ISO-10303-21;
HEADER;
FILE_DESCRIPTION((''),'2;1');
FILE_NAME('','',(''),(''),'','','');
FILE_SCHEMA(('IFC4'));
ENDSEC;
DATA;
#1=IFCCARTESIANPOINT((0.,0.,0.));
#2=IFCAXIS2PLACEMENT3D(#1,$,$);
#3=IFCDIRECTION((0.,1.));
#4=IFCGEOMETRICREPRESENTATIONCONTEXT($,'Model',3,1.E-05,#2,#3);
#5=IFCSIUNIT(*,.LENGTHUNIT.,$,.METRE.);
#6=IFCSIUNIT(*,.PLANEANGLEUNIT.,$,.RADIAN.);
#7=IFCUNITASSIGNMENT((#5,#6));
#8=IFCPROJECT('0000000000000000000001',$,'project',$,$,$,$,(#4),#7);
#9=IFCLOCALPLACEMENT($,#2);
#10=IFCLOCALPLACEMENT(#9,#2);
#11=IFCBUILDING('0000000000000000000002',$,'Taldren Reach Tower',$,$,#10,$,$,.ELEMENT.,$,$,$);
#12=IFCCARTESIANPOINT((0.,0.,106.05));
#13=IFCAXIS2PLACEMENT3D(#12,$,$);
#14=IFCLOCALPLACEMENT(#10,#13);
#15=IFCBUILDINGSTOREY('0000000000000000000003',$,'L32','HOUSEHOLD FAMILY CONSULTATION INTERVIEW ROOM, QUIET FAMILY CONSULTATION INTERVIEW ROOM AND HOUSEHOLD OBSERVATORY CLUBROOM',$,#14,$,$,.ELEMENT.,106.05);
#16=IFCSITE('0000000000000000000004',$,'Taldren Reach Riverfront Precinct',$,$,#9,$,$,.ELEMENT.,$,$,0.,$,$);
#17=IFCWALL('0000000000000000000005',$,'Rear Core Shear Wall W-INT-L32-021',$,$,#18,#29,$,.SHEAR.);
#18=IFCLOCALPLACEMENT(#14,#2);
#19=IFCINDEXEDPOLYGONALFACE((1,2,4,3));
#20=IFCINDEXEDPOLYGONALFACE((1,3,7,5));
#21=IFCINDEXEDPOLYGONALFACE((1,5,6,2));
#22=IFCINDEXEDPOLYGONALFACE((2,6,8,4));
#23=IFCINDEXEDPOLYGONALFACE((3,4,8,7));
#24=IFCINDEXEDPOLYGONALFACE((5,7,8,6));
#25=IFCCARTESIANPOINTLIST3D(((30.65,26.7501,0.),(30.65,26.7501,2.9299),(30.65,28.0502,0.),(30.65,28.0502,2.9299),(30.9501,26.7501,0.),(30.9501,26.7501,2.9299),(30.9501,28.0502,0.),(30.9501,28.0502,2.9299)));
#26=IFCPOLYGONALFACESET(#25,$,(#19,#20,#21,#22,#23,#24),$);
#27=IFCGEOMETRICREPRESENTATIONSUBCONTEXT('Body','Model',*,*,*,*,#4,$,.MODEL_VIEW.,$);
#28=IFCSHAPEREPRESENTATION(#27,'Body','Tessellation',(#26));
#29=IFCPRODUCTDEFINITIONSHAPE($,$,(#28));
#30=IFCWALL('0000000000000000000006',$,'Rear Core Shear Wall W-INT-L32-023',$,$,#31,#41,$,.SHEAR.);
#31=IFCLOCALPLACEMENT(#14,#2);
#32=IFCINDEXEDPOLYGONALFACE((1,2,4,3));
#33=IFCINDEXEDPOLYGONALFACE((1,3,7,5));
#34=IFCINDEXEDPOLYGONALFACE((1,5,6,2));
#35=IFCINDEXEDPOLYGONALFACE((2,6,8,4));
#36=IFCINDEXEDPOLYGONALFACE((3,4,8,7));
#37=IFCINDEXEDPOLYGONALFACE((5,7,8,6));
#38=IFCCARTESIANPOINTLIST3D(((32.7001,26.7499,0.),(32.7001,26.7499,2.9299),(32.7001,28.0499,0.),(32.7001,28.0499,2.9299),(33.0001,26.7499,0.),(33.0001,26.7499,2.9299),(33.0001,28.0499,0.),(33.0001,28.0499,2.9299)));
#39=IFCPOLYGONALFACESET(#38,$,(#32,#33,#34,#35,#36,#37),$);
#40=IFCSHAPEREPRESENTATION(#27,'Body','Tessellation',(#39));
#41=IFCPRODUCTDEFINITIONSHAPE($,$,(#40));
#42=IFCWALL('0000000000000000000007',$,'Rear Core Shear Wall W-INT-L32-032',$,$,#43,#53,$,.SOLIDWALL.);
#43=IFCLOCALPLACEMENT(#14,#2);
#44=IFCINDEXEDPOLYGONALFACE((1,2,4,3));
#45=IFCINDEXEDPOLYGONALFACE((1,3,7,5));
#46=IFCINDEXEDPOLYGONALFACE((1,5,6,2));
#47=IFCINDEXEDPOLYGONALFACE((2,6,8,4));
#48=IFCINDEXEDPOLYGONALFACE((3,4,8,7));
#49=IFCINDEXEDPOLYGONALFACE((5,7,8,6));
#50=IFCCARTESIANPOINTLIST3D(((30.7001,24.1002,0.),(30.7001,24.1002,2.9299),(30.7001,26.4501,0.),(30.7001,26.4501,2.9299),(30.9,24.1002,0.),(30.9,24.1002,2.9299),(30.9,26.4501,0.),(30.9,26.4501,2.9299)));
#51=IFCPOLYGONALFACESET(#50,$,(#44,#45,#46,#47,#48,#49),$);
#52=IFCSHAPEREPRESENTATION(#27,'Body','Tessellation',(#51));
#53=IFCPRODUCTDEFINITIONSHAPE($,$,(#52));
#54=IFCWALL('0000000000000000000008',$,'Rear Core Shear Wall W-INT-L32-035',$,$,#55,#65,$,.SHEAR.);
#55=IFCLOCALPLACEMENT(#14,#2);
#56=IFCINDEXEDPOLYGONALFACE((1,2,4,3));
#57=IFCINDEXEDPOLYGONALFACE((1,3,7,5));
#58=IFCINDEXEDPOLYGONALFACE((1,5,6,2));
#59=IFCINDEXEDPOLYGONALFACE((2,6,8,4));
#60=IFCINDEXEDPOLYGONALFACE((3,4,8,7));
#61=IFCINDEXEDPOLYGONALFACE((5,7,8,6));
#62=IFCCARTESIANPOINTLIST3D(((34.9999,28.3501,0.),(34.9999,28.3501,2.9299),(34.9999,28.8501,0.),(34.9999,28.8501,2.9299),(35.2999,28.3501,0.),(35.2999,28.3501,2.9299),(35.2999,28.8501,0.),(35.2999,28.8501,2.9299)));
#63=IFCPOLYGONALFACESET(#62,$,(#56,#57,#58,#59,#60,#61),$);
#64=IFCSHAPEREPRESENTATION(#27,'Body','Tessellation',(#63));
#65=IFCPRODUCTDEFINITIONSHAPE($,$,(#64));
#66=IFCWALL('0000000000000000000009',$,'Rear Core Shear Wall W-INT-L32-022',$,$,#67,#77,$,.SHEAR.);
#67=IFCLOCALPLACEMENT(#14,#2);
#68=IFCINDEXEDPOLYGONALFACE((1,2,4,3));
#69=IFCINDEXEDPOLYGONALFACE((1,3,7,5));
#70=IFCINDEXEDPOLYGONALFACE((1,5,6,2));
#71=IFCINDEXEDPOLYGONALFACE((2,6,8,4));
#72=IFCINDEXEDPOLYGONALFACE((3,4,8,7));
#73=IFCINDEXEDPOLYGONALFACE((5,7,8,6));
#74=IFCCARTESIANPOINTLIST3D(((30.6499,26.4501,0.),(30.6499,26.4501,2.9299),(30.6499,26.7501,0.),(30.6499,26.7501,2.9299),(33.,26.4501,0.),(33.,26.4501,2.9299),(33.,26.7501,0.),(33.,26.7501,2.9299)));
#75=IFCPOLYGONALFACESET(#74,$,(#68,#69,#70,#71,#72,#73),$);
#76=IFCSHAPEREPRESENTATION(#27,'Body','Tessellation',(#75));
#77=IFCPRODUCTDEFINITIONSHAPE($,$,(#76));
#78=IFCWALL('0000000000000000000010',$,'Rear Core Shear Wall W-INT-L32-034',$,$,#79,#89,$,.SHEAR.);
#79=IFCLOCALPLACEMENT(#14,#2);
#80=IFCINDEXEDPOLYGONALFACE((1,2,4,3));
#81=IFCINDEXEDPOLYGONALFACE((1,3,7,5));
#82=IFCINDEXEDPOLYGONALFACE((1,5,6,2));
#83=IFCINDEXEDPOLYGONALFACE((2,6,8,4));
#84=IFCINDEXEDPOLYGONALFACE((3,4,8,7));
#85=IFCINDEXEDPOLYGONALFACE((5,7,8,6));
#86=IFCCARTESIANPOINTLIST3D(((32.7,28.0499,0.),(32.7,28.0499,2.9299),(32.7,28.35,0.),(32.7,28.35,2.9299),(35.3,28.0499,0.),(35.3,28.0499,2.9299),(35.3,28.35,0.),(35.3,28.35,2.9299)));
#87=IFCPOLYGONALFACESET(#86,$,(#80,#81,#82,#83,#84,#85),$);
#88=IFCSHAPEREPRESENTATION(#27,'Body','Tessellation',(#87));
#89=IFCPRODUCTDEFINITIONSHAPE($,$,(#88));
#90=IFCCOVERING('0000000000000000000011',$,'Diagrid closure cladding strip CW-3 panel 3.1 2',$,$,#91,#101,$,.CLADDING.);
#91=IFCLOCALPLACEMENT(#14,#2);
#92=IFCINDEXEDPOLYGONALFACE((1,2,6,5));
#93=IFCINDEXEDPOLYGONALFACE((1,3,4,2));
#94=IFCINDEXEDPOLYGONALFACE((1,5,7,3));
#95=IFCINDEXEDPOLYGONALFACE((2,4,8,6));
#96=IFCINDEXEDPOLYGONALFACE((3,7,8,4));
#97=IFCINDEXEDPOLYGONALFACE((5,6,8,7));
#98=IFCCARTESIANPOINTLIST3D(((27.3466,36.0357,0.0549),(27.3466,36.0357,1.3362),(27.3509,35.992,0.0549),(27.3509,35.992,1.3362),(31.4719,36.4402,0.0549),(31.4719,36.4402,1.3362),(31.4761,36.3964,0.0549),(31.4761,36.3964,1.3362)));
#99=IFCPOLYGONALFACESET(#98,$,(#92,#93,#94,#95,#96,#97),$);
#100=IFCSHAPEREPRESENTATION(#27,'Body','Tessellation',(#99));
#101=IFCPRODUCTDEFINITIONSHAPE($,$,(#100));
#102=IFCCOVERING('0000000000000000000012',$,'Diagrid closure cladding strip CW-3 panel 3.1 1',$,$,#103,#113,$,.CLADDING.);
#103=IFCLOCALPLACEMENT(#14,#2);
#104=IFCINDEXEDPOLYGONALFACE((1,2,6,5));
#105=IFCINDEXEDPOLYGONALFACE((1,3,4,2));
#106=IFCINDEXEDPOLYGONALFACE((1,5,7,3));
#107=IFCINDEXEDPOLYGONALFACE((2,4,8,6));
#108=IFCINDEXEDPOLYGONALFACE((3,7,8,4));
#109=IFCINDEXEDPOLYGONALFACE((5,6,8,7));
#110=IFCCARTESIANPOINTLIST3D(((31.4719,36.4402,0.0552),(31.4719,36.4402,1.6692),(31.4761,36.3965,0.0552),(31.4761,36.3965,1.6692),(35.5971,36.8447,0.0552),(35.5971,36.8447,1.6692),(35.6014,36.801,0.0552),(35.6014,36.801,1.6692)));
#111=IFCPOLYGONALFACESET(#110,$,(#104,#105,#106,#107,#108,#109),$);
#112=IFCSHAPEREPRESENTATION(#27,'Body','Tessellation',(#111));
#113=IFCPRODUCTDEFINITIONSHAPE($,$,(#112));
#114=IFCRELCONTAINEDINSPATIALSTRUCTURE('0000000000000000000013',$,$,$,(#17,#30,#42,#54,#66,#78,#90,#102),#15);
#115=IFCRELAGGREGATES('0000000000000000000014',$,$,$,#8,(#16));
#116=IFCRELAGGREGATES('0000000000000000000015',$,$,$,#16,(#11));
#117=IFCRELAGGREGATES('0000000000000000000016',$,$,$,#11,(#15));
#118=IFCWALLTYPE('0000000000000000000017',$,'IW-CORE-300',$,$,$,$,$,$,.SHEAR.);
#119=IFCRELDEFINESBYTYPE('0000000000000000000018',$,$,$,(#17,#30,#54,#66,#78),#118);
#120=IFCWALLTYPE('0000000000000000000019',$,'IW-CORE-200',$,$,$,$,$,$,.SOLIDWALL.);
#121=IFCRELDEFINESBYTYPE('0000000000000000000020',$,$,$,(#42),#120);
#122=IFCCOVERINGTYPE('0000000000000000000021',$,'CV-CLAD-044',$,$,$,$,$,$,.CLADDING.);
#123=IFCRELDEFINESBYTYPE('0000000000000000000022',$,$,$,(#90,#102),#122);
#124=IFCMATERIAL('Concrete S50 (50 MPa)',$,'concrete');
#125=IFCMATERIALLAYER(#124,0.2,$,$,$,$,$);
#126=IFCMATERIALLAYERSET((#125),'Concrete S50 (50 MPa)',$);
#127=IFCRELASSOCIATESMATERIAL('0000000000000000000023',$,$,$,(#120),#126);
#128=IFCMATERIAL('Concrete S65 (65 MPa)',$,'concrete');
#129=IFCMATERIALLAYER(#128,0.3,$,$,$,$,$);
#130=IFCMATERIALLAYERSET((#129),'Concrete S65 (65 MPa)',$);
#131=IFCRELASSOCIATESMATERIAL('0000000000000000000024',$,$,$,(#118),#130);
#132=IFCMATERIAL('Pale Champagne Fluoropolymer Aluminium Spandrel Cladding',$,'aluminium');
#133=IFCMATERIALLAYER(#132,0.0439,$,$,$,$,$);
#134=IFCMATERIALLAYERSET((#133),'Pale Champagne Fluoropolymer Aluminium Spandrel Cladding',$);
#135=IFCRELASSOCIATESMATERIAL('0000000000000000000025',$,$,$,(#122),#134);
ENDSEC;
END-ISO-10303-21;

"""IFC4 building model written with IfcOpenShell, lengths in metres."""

from ifc_helpers import new_model, si_unit, direction, frame, frame_2d, origin, origin_2d, place, context, subcontext, project, spatial, rectangle, extrude, source, transform, mapped, material, layer, layer_set, type_object, element, save


model = new_model("IFC4")

# Units and contexts
model_context = context("Model", 3, precision=1e-05, world=origin(), true_north=direction((0.0, 1.0)))
body_context = subcontext(model_context, "Body", "Model", "MODEL_VIEW")
ifc_project = project(units=[si_unit("LENGTHUNIT", "METRE"), si_unit("PLANEANGLEUNIT", "RADIAN")], contexts=[model_context])

# Site, building, storey
site_placement = place(None, origin())
site = spatial("IfcSite", under=ifc_project, at=site_placement, Name="Taldren Reach Riverfront Precinct", CompositionType="ELEMENT", RefElevation=0.0)
building_placement = place(site_placement, origin())
building = spatial("IfcBuilding", under=site, at=building_placement, Name="Taldren Reach Tower", CompositionType="ELEMENT")
storey_placement = place(building_placement, frame((0.0, 0.0, 106.05)))
storey = spatial("IfcBuildingStorey", under=building, at=storey_placement, Name="L32", Description="HOUSEHOLD FAMILY CONSULTATION INTERVIEW ROOM, QUIET FAMILY CONSULTATION INTERVIEW ROOM AND HOUSEHOLD OBSERVATORY CLUBROOM", CompositionType="ELEMENT", Elevation=106.05)

# Shared definitions
ifc_material_1 = material(Name="Concrete S50 (50 MPa)", Category="concrete")
ifc_layer_1 = layer(ifc_material_1, 0.2)
ifc_layer_set_1 = layer_set([ifc_layer_1], Name="Concrete S50 (50 MPa)")
wall_type_1 = type_object("IfcWallType", Name="IW-CORE-200", PredefinedType="SOLIDWALL", material=ifc_layer_set_1)

# Walls
ifc_material_2 = material(Name="Concrete S65 (65 MPa)", Category="concrete")
ifc_layer_2 = layer(ifc_material_2, 0.3)
ifc_layer_set_2 = layer_set([ifc_layer_2], Name="Concrete S65 (65 MPa)")
wall_type_2 = type_object("IfcWallType", Name="IW-CORE-300", PredefinedType="SHEAR", material=ifc_layer_set_2)
shared_shape_1 = source(origin(), body_context, "Body", "SweptSolid", [
    extrude(rectangle(XDim=1.3, YDim=0.3, at=frame_2d((0.6499, 0.0))), origin(), (0.0, 0.0, 1.0), 2.9299),
])
for number, where, z_axis, x_axis, name in (
    (1, (30.8, 28.05, 0.0), (0.0, 0.0, 1.0), (0.0, -1.0, 0.0), "Rear Core Shear Wall W-INT-L32-021"),
    (2, (32.8501, 26.75, 0.0), (0.0, 0.0, 1.0), (0.0, 1.0, 0.0), "Rear Core Shear Wall W-INT-L32-023"),
):
    element("IfcWall", number, at=place(storey_placement, frame(where, z_axis=z_axis, x_axis=x_axis)), inside=storey, type_object=wall_type_2, Name=name, PredefinedType="SHEAR", context=body_context, shape_type="MappedRepresentation", body=[
        mapped(shared_shape_1, transform((0.0, 0.0, 0.0), scale=1.0)),
    ])

# Walls
shared_shape_2 = source(origin(), body_context, "Body", "SweptSolid", [
    extrude(rectangle(XDim=2.3499, YDim=0.2, at=frame_2d((1.1748, 0.0))), origin(), (0.0, 0.0, 1.0), 2.9299),
])
wall_1_placement = place(storey_placement, frame((30.8, 26.45, 0.0), z_axis=(0.0, 0.0, 1.0), x_axis=(0.0, -1.0, 0.0)))
element("IfcWall", 3, at=wall_1_placement, inside=storey, type_object=wall_type_1, Name="Rear Core Shear Wall W-INT-L32-032", PredefinedType="SOLIDWALL", context=body_context, shape_type="MappedRepresentation", body=[
    mapped(shared_shape_2, transform((0.0, 0.0, 0.0), scale=1.0)),
])
shared_shape_3 = source(origin(), body_context, "Body", "SweptSolid", [
    extrude(rectangle(XDim=0.5, YDim=0.3, at=frame_2d((0.25, 0.0))), origin(), (0.0, 0.0, 1.0), 2.9299),
])
wall_2_placement = place(storey_placement, frame((35.1499, 28.3501, 0.0), z_axis=(0.0, 0.0, 1.0), x_axis=(0.0, 1.0, 0.0)))
element("IfcWall", 4, at=wall_2_placement, inside=storey, type_object=wall_type_2, Name="Rear Core Shear Wall W-INT-L32-035", PredefinedType="SHEAR", context=body_context, shape_type="MappedRepresentation", body=[
    mapped(shared_shape_3, transform((0.0, 0.0, 0.0), scale=1.0)),
])
shared_shape_4 = source(origin(), body_context, "Body", "SweptSolid", [
    extrude(rectangle(XDim=2.3501, YDim=0.3, at=frame_2d((1.175, 0.0))), origin(), (0.0, 0.0, 1.0), 2.9299),
])
wall_3_placement = place(storey_placement, frame((30.6499, 26.6001, 0.0), z_axis=(0.0, 0.0, 1.0), x_axis=(1.0, 0.0, 0.0)))
element("IfcWall", 5, at=wall_3_placement, inside=storey, type_object=wall_type_2, Name="Rear Core Shear Wall W-INT-L32-022", PredefinedType="SHEAR", context=body_context, shape_type="MappedRepresentation", body=[
    mapped(shared_shape_4, transform((0.0, 0.0, 0.0), scale=1.0)),
])
shared_shape_5 = source(origin(), body_context, "Body", "SweptSolid", [
    extrude(rectangle(XDim=2.6001, YDim=0.3, at=frame_2d((1.3, 0.0))), origin(), (0.0, 0.0, 1.0), 2.9299),
])
wall_4_placement = place(storey_placement, frame((32.7, 28.2, 0.0), z_axis=(0.0, 0.0, 1.0), x_axis=(1.0, 0.0, 0.0)))
element("IfcWall", 6, at=wall_4_placement, inside=storey, type_object=wall_type_2, Name="Rear Core Shear Wall W-INT-L32-034", PredefinedType="SHEAR", context=body_context, shape_type="MappedRepresentation", body=[
    mapped(shared_shape_5, transform((0.0, 0.0, 0.0), scale=1.0)),
])

# Coverings
ifc_material_3 = material(Name="Pale Champagne Fluoropolymer Aluminium Spandrel Cladding", Category="aluminium")
ifc_layer_3 = layer(ifc_material_3, 0.0439)
ifc_layer_set_3 = layer_set([ifc_layer_3], Name="Pale Champagne Fluoropolymer Aluminium Spandrel Cladding")
covering_type = type_object("IfcCoveringType", Name="CV-CLAD-044", PredefinedType="CLADDING", material=ifc_layer_set_3)
shared_shape_6 = source(origin(), body_context, "Body", "SweptSolid", [
    extrude(rectangle(XDim=4.145, YDim=0.0439, at=origin_2d()), origin(), (0.0, 0.0, 1.0), 1.2812),
])
covering_1_placement = place(storey_placement, frame((29.4114, 36.2161, 0.0549), z_axis=(0.0, 0.0, 1.0), x_axis=(-0.995227, -0.097583, 0.0)))
element("IfcCovering", 7, at=covering_1_placement, inside=storey, type_object=covering_type, Name="Diagrid closure cladding strip CW-3 panel 3.1 2", PredefinedType="CLADDING", context=body_context, shape_type="MappedRepresentation", body=[
    mapped(shared_shape_6, transform((0.0, 0.0, 0.0), scale=1.0)),
])
shared_shape_7 = source(origin(), body_context, "Body", "SweptSolid", [
    extrude(rectangle(XDim=4.145, YDim=0.0439, at=origin_2d()), origin(), (0.0, 0.0, 1.0), 1.614),
])
covering_2_placement = place(storey_placement, frame((33.5366, 36.6206, 0.0552), z_axis=(0.0, 0.0, 1.0), x_axis=(-0.995227, -0.097583, 0.0)))
element("IfcCovering", 8, at=covering_2_placement, inside=storey, type_object=covering_type, Name="Diagrid closure cladding strip CW-3 panel 3.1 1", PredefinedType="CLADDING", context=body_context, shape_type="MappedRepresentation", body=[
    mapped(shared_shape_7, transform((0.0, 0.0, 0.0), scale=1.0)),
])

save(model, "model.ifc")
